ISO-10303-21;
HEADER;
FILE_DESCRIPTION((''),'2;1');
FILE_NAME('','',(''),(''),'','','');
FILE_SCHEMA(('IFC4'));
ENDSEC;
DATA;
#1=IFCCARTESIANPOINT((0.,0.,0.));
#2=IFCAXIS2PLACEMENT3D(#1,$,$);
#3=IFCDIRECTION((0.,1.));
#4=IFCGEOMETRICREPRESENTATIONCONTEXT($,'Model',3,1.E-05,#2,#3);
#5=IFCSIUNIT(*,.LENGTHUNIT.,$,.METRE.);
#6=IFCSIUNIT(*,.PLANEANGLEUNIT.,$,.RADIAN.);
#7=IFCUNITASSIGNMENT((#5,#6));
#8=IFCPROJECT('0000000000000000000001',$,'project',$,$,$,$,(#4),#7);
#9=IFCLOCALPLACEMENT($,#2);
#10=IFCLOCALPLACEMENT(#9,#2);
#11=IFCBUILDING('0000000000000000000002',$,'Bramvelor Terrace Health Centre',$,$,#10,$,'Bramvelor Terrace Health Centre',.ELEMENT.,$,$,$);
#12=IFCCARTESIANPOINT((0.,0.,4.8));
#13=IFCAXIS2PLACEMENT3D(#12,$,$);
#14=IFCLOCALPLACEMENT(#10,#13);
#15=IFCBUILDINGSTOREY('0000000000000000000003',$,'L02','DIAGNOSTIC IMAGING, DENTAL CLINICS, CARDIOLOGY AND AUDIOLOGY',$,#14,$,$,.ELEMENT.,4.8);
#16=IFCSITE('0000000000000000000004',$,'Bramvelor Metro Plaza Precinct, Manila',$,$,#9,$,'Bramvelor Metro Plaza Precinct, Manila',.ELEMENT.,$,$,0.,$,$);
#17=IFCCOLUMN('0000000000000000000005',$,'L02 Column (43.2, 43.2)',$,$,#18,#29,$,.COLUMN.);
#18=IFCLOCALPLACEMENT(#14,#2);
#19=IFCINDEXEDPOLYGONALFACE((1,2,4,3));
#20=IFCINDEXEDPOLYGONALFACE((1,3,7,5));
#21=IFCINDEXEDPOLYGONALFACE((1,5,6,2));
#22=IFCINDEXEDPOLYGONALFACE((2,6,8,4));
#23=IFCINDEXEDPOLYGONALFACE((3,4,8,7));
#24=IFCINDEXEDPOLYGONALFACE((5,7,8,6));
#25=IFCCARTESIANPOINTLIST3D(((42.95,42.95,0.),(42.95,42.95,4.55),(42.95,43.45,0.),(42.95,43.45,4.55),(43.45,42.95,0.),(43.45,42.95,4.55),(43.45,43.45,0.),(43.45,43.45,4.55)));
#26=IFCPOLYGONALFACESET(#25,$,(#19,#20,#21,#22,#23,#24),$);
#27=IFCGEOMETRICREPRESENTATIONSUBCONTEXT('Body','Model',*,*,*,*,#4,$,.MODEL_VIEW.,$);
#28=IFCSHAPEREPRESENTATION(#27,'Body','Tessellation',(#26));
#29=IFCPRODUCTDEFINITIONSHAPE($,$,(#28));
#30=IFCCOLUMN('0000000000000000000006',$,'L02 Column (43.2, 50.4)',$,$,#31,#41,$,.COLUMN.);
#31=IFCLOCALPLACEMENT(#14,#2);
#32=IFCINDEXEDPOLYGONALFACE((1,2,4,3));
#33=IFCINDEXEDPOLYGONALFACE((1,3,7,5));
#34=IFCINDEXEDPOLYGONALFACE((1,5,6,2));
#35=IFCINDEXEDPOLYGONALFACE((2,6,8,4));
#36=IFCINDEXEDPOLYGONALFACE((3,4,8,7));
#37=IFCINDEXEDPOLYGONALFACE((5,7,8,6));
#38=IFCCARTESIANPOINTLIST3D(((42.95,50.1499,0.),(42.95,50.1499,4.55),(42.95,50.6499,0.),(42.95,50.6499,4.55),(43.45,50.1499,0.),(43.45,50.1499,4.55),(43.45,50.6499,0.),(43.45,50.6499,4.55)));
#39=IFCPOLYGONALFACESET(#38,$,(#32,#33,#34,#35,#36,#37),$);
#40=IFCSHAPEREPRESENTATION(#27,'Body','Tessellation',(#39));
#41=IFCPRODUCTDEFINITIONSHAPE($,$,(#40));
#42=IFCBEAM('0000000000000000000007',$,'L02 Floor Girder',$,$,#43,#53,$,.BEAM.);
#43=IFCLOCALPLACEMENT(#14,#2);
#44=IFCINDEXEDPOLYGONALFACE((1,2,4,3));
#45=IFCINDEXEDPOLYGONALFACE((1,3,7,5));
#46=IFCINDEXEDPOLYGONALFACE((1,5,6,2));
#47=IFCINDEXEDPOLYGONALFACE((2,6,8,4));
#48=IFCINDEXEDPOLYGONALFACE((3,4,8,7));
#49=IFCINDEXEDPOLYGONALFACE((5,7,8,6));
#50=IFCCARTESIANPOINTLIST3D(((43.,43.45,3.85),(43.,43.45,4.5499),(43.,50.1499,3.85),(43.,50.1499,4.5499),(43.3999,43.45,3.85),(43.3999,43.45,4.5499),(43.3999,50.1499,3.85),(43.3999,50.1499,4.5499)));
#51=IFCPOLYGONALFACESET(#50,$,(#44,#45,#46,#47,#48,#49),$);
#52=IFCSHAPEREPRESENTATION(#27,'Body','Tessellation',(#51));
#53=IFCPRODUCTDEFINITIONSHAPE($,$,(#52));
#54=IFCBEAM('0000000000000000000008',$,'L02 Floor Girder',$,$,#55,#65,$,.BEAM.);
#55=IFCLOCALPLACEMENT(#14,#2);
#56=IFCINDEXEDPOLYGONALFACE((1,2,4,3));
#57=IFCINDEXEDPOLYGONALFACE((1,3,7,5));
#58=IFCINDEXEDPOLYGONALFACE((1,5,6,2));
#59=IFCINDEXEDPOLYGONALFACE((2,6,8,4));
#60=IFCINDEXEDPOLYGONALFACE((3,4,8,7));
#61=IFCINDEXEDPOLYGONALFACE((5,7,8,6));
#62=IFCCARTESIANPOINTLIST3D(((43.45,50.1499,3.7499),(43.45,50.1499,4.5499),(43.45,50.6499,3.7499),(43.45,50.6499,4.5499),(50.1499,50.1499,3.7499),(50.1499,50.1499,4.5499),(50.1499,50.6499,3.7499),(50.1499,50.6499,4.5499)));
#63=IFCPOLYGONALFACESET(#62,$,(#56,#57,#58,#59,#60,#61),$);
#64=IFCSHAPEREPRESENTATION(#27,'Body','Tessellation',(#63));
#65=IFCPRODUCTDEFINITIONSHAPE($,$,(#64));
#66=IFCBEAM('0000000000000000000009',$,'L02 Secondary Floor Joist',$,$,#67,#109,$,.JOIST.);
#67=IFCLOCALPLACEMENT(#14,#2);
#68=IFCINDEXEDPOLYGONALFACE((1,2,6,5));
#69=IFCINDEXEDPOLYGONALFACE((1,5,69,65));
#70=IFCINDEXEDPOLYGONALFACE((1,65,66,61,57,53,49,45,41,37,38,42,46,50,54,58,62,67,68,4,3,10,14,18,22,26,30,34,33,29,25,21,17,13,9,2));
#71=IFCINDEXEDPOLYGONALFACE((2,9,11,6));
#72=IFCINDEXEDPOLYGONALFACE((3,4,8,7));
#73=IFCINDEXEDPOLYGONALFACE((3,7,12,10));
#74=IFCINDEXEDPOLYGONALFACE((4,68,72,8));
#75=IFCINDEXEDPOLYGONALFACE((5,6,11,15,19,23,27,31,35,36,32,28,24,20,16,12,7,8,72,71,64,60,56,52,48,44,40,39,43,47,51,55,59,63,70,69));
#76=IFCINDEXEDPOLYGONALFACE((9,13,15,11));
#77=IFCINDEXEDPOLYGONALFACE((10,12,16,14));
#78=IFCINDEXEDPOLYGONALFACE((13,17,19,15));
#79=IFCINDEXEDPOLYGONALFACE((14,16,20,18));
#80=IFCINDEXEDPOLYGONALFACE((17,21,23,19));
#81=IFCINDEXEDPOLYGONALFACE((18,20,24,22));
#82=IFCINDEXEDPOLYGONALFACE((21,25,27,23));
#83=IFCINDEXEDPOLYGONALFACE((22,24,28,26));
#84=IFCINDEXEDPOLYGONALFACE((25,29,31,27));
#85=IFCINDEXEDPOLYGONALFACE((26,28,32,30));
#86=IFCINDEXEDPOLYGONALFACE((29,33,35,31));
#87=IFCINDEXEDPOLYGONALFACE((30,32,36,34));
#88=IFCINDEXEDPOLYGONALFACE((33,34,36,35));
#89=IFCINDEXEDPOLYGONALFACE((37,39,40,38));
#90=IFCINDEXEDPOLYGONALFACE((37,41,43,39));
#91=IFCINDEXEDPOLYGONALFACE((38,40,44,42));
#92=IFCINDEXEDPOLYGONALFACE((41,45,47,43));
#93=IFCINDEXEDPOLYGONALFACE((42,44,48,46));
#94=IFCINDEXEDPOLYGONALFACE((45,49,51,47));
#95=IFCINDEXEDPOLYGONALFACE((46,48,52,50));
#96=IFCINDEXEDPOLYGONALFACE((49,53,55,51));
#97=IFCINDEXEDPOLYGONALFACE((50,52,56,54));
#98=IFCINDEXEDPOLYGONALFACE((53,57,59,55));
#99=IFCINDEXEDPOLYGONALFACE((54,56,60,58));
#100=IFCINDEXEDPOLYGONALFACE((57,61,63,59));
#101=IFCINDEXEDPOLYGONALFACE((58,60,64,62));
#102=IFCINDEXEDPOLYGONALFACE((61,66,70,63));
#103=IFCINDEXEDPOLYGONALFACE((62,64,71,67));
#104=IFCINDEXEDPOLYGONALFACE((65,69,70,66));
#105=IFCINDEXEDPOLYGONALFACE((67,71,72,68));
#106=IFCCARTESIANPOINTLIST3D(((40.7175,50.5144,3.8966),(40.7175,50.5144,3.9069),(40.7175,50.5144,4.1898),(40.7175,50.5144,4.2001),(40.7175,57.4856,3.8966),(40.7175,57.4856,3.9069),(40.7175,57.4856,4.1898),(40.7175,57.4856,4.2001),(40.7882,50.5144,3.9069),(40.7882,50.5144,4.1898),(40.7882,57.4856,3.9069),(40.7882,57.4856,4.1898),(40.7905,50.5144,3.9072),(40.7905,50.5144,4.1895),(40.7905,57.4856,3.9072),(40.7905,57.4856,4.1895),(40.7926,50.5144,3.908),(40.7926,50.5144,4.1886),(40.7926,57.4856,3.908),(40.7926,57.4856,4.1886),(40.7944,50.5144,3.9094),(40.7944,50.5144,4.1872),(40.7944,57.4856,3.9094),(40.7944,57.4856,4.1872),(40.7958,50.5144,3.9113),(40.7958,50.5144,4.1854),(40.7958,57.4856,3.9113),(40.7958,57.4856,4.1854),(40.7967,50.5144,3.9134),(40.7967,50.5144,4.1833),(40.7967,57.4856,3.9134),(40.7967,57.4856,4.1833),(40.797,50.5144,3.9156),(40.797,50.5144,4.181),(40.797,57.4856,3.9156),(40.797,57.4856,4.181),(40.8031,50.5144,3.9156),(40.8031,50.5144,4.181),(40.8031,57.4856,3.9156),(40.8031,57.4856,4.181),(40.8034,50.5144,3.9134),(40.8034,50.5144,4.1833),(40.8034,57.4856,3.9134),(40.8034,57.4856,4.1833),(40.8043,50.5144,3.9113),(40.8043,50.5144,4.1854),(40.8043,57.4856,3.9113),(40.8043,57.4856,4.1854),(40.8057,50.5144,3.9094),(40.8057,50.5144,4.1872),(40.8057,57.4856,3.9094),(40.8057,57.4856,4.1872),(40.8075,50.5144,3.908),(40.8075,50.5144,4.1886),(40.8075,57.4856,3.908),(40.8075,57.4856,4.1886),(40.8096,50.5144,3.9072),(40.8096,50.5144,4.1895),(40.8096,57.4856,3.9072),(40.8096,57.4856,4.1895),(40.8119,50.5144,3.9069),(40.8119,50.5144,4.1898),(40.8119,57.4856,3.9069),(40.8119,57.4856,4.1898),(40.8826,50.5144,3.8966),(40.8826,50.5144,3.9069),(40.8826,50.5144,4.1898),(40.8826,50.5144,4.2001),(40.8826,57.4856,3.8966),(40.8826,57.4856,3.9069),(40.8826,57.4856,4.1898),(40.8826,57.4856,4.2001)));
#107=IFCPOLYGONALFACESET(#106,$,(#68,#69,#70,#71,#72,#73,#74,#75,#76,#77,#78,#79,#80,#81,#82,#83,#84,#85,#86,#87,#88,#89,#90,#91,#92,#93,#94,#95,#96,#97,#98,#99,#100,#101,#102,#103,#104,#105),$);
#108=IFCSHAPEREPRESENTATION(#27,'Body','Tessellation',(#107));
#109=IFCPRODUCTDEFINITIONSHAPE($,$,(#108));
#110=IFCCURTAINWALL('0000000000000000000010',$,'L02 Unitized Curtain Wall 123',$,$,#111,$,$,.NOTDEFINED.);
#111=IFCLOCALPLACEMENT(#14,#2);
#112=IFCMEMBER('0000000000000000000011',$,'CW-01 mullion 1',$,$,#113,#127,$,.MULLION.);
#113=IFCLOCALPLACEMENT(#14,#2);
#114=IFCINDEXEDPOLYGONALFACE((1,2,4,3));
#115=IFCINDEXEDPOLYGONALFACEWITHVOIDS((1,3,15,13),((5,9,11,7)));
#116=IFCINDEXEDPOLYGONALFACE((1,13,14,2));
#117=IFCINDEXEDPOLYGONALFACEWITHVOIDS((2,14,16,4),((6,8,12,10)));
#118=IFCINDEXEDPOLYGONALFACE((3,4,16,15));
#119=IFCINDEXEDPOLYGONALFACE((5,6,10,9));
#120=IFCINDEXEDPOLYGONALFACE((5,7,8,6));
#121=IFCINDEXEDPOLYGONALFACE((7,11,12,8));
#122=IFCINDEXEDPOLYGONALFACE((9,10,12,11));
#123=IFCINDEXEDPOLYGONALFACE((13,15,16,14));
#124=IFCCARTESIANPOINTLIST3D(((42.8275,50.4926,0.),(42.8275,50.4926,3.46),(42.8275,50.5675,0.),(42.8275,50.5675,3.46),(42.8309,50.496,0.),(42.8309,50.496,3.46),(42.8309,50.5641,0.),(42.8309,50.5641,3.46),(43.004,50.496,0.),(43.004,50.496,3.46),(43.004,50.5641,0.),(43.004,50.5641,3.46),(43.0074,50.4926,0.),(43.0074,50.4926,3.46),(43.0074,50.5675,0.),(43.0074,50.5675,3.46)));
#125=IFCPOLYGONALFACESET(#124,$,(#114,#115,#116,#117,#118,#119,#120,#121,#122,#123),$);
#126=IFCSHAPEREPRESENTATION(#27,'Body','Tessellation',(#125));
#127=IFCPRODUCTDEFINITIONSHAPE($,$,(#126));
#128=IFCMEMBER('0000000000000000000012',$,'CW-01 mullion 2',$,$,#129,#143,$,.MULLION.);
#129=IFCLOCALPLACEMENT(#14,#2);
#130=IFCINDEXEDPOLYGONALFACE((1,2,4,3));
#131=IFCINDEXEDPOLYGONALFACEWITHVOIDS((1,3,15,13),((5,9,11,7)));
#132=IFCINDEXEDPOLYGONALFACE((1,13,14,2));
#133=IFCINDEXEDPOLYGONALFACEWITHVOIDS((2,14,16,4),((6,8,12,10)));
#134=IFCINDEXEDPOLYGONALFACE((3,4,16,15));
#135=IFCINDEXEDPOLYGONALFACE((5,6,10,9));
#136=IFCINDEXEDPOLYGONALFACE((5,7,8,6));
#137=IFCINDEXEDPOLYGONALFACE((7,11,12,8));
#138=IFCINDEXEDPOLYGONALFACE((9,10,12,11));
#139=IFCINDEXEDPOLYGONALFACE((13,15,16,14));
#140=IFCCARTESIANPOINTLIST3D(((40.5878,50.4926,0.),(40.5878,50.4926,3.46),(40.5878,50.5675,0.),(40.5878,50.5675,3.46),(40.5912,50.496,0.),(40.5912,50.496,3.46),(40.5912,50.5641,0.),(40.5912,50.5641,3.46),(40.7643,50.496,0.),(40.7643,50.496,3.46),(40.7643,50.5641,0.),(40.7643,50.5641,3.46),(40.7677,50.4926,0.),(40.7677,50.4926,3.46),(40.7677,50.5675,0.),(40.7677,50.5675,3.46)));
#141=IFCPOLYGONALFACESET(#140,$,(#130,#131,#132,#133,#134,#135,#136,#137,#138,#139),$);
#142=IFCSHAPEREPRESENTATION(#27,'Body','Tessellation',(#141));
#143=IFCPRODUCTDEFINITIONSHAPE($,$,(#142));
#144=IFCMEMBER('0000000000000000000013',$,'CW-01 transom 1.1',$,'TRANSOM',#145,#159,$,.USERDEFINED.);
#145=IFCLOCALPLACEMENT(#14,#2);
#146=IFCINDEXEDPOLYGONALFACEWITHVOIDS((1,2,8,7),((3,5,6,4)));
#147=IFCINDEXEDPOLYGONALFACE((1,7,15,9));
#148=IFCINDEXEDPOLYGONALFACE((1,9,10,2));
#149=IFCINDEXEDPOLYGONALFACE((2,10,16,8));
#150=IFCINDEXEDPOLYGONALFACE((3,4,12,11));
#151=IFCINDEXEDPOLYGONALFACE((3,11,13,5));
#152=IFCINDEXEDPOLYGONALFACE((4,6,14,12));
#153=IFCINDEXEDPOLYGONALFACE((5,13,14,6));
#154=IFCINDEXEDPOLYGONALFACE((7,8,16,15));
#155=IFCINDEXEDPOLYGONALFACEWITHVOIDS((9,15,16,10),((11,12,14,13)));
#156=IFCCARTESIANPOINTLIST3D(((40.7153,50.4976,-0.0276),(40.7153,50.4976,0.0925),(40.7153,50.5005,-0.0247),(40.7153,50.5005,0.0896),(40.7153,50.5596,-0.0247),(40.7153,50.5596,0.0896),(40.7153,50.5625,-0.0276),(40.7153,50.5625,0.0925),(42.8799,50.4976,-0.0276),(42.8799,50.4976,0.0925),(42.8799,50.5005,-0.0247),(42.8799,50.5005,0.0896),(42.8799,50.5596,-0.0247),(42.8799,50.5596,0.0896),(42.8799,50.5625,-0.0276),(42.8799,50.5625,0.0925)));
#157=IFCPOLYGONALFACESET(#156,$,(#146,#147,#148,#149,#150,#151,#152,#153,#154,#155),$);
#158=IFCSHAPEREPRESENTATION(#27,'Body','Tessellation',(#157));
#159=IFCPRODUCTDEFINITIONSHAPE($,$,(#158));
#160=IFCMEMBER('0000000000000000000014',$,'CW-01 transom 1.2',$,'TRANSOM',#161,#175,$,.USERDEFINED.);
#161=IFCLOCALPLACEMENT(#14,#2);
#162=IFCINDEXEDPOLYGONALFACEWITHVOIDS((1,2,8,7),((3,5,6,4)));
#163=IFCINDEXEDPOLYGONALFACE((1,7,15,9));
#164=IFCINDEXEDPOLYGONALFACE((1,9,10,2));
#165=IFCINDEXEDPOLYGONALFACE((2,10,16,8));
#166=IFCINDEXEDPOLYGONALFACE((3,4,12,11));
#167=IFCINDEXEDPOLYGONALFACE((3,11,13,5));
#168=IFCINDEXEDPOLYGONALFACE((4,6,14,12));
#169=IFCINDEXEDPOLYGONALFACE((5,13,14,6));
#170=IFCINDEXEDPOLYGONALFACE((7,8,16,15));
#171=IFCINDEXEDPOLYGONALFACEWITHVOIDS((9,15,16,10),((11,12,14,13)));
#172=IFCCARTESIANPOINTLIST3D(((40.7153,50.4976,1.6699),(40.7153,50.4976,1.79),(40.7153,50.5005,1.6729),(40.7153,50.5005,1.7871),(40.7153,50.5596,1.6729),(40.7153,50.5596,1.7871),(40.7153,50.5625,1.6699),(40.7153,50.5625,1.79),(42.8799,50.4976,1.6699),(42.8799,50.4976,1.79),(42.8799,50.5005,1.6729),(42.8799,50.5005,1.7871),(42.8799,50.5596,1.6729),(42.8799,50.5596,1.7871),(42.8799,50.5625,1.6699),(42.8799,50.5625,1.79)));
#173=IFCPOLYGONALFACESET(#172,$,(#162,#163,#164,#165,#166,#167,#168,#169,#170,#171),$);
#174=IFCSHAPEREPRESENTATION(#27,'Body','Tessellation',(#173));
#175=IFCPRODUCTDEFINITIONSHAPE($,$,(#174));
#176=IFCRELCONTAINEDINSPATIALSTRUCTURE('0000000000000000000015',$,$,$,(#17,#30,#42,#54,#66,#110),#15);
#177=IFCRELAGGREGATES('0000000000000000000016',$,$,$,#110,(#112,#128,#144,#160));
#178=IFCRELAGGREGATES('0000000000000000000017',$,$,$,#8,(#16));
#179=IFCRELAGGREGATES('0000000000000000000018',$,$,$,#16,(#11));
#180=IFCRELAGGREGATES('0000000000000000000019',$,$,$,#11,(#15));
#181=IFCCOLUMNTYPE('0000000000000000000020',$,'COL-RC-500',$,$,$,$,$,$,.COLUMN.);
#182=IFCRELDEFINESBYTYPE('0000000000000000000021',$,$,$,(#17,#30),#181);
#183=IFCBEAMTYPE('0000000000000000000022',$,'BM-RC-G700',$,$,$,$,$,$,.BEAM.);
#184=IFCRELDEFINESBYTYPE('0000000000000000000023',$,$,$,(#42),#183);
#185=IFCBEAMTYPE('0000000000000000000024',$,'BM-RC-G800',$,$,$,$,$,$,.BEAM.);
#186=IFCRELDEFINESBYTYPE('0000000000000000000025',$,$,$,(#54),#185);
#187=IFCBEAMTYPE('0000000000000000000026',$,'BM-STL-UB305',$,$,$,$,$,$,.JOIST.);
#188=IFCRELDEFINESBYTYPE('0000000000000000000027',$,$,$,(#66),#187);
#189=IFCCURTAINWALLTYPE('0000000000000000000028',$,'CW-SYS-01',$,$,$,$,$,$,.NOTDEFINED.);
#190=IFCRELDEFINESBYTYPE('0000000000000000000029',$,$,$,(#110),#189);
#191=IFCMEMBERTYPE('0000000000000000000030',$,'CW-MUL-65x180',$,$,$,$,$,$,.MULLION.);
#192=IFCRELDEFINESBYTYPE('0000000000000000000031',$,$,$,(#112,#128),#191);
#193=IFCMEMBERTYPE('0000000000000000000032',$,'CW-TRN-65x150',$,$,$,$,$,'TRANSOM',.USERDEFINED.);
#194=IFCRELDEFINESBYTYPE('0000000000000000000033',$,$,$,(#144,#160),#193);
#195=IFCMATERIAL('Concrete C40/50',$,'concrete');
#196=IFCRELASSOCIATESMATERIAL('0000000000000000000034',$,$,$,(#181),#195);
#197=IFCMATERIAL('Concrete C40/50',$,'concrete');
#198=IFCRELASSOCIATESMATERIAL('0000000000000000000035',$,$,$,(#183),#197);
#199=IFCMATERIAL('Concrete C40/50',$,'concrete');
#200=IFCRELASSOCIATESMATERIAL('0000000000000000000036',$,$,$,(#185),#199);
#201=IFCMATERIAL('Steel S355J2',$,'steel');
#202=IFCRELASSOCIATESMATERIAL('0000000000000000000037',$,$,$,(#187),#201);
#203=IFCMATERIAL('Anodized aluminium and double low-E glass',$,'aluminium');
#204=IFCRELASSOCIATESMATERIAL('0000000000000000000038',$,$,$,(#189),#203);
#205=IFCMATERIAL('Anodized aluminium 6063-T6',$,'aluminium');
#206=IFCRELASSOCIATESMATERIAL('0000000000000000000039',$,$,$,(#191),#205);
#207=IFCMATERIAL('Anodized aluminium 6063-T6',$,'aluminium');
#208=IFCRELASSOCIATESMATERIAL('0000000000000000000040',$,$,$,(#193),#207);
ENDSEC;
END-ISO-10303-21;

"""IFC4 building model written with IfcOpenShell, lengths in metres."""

from ifc_helpers import new_model, si_unit, direction, frame, origin, origin_2d, place, context, subcontext, project, spatial, rectangle, hollow_rectangle, i_section, extrude, material, material_profile, profile_set, type_object, element, aggregate, save


model = new_model("IFC4")

# Units and contexts
model_context = context("Model", 3, precision=1e-05, world=origin(), true_north=direction((0.0, 1.0)))
body_context = subcontext(model_context, "Body", "Model", "MODEL_VIEW")
ifc_project = project(units=[si_unit("LENGTHUNIT", "METRE"), si_unit("PLANEANGLEUNIT", "RADIAN")], contexts=[model_context])

# Site, building, storey
site_placement = place(None, origin())
site = spatial("IfcSite", under=ifc_project, at=site_placement, Name="Bramvelor Metro Plaza Precinct, Manila", LongName="Bramvelor Metro Plaza Precinct, Manila", CompositionType="ELEMENT", RefElevation=0.0)
building_placement = place(site_placement, origin())
building = spatial("IfcBuilding", under=site, at=building_placement, Name="Bramvelor Terrace Health Centre", LongName="Bramvelor Terrace Health Centre", CompositionType="ELEMENT")
storey_placement = place(building_placement, frame((0.0, 0.0, 4.8)))
storey = spatial("IfcBuildingStorey", under=building, at=storey_placement, Name="L02", Description="DIAGNOSTIC IMAGING, DENTAL CLINICS, CARDIOLOGY AND AUDIOLOGY", CompositionType="ELEMENT", Elevation=4.8)

# Columns
ifc_material_1 = material(Name="Concrete C40/50", Category="concrete")
ifc_material_profile_1 = material_profile(ifc_material_1, rectangle(XDim=0.5, YDim=0.5, at=origin_2d()), Name="RC 500x500")
ifc_profile_set_1 = profile_set([ifc_material_profile_1], Name="Concrete C40/50")
column_type = type_object("IfcColumnType", Name="COL-RC-500", PredefinedType="COLUMN", material=ifc_profile_set_1)
for number, where, z_axis, x_axis, name in (
    (1, (43.2, 43.2, 0.0), (0.0, 0.0, 1.0), (1.0, 0.0, 0.0), "L02 Column (43.2, 43.2)"),
    (2, (43.2, 50.3999, 0.0), (0.0, 0.0, 1.0), (1.0, 0.0, 0.0), "L02 Column (43.2, 50.4)"),
):
    element("IfcColumn", number, at=place(storey_placement, frame(where, z_axis=z_axis, x_axis=x_axis)), inside=storey, type_object=column_type, Name=name, PredefinedType="COLUMN", context=body_context, shape_type="SweptSolid", body=[
        extrude(rectangle(XDim=0.5, YDim=0.5, at=origin_2d()), origin(), (0.0, 0.0, 1.0), 4.55),
    ])

# Beams
ifc_material_2 = material(Name="Concrete C40/50", Category="concrete")
ifc_material_profile_2 = material_profile(ifc_material_2, rectangle(XDim=0.3999, YDim=0.7, at=origin_2d()), Name="RC 400x700")
ifc_profile_set_2 = profile_set([ifc_material_profile_2], Name="Concrete C40/50")
beam_type_1 = type_object("IfcBeamType", Name="BM-RC-G700", PredefinedType="BEAM", material=ifc_profile_set_2)
beam_1_placement = place(storey_placement, frame((43.2, 43.45, 4.2), z_axis=(0.0, 1.0, 0.0), x_axis=(-1.0, 0.0, 0.0)))
element("IfcBeam", 3, at=beam_1_placement, inside=storey, type_object=beam_type_1, Name="L02 Floor Girder", PredefinedType="BEAM", context=body_context, shape_type="SweptSolid", body=[
    extrude(rectangle(XDim=0.3999, YDim=0.7, at=origin_2d()), origin(), (0.0, 0.0, 1.0), 6.7),
])
ifc_material_3 = material(Name="Concrete C40/50", Category="concrete")
ifc_material_profile_3 = material_profile(ifc_material_3, rectangle(XDim=0.5, YDim=0.8, at=origin_2d()), Name="RC 500x800")
ifc_profile_set_3 = profile_set([ifc_material_profile_3], Name="Concrete C40/50")
beam_type_2 = type_object("IfcBeamType", Name="BM-RC-G800", PredefinedType="BEAM", material=ifc_profile_set_3)
beam_2_placement = place(storey_placement, frame((43.45, 50.3999, 4.1499), z_axis=(1.0, 0.0, 0.0), x_axis=(0.0, 1.0, 0.0)))
element("IfcBeam", 4, at=beam_2_placement, inside=storey, type_object=beam_type_2, Name="L02 Floor Girder", PredefinedType="BEAM", context=body_context, shape_type="SweptSolid", body=[
    extrude(rectangle(XDim=0.5, YDim=0.8, at=origin_2d()), origin(), (0.0, 0.0, 1.0), 6.7),
])
ifc_material_4 = material(Name="Steel S355J2", Category="steel")
ifc_material_profile_4 = material_profile(ifc_material_4, i_section(OverallWidth=0.165, OverallDepth=0.3035, WebThickness=0.0061, FlangeThickness=0.0103, FilletRadius=0.0088, at=origin_2d()), Name="UB 305x165x40")
ifc_profile_set_4 = profile_set([ifc_material_profile_4], Name="Steel S355J2")
beam_type_3 = type_object("IfcBeamType", Name="BM-STL-UB305", PredefinedType="JOIST", material=ifc_profile_set_4)
beam_3_placement = place(storey_placement, frame((40.8, 50.5144, 4.0483), z_axis=(0.0, 1.0, 0.0), x_axis=(-1.0, 0.0, 0.0)))
element("IfcBeam", 5, at=beam_3_placement, inside=storey, type_object=beam_type_3, Name="L02 Secondary Floor Joist", PredefinedType="JOIST", context=body_context, shape_type="SweptSolid", body=[
    extrude(i_section(OverallWidth=0.165, OverallDepth=0.3035, WebThickness=0.0061, FlangeThickness=0.0103, FilletRadius=0.0088, at=origin_2d()), origin(), (0.0, 0.0, 1.0), 6.9712),
])

# Curtain wall, members
ifc_material_5 = material(Name="Anodized aluminium and double low-E glass", Category="aluminium")
curtain_wall_type = type_object("IfcCurtainWallType", Name="CW-SYS-01", PredefinedType="NOTDEFINED", material=ifc_material_5)
curtain_wall_placement = place(storey_placement, origin())
curtain_wall = element("IfcCurtainWall", 6, at=curtain_wall_placement, inside=storey, type_object=curtain_wall_type, Name="L02 Unitized Curtain Wall 123", PredefinedType="NOTDEFINED")
ifc_material_6 = material(Name="Anodized aluminium 6063-T6", Category="aluminium")
ifc_material_profile_5 = material_profile(ifc_material_6, hollow_rectangle(XDim=0.075, YDim=0.1799, WallThickness=0.0034, at=origin_2d()), Name="ALU-MUL 75x180x3.5")
ifc_profile_set_5 = profile_set([ifc_material_profile_5], Name="Anodized aluminium 6063-T6")
member_type_1 = type_object("IfcMemberType", Name="CW-MUL-65x180", PredefinedType="MULLION", material=ifc_profile_set_5)
member_1_placement = place(storey_placement, frame((42.9175, 50.53, 0.0), z_axis=(0.0, 0.0, 1.0), x_axis=(0.0, -1.0, 0.0)))
member_1 = element("IfcMember", 7, at=member_1_placement, type_object=member_type_1, Name="CW-01 mullion 1", PredefinedType="MULLION", context=body_context, shape_type="SweptSolid", body=[
    extrude(hollow_rectangle(XDim=0.075, YDim=0.1799, WallThickness=0.0034, at=origin_2d()), origin(), (0.0, 0.0, 1.0), 3.46),
])
member_2_placement = place(storey_placement, frame((40.6777, 50.53, 0.0), z_axis=(0.0, 0.0, 1.0), x_axis=(0.0, -1.0, 0.0)))
member_2 = element("IfcMember", 8, at=member_2_placement, type_object=member_type_1, Name="CW-01 mullion 2", PredefinedType="MULLION", context=body_context, shape_type="SweptSolid", body=[
    extrude(hollow_rectangle(XDim=0.075, YDim=0.1799, WallThickness=0.0034, at=origin_2d()), origin(), (0.0, 0.0, 1.0), 3.46),
])
ifc_material_7 = material(Name="Anodized aluminium 6063-T6", Category="aluminium")
ifc_material_profile_6 = material_profile(ifc_material_7, hollow_rectangle(XDim=0.0649, YDim=0.1201, WallThickness=0.0029, at=origin_2d()), Name="ALU-TRN 65x120x3.0")
ifc_profile_set_6 = profile_set([ifc_material_profile_6], Name="Anodized aluminium 6063-T6")
member_type_2 = type_object("IfcMemberType", Name="CW-TRN-65x150", ElementType="TRANSOM", PredefinedType="USERDEFINED", material=ifc_profile_set_6)
member_3_placement = place(storey_placement, frame((42.8799, 50.53, 0.0325), z_axis=(-1.0, 0.0, 0.0), x_axis=(0.0, -1.0, 0.0)))
member_3 = element("IfcMember", 9, at=member_3_placement, type_object=member_type_2, Name="CW-01 transom 1.1", ObjectType="TRANSOM", PredefinedType="USERDEFINED", context=body_context, shape_type="SweptSolid", body=[
    extrude(hollow_rectangle(XDim=0.0649, YDim=0.1201, WallThickness=0.0029, at=origin_2d()), origin(), (0.0, 0.0, 1.0), 2.1646),
])
member_4_placement = place(storey_placement, frame((42.8799, 50.53, 1.73), z_axis=(-1.0, 0.0, 0.0), x_axis=(0.0, -1.0, 0.0)))
member_4 = element("IfcMember", 10, at=member_4_placement, type_object=member_type_2, Name="CW-01 transom 1.2", ObjectType="TRANSOM", PredefinedType="USERDEFINED", context=body_context, shape_type="SweptSolid", body=[
    extrude(hollow_rectangle(XDim=0.0649, YDim=0.1201, WallThickness=0.0029, at=origin_2d()), origin(), (0.0, 0.0, 1.0), 2.1646),
])
aggregate(curtain_wall, [member_1, member_2, member_3, member_4])

save(model, "model.ifc")
